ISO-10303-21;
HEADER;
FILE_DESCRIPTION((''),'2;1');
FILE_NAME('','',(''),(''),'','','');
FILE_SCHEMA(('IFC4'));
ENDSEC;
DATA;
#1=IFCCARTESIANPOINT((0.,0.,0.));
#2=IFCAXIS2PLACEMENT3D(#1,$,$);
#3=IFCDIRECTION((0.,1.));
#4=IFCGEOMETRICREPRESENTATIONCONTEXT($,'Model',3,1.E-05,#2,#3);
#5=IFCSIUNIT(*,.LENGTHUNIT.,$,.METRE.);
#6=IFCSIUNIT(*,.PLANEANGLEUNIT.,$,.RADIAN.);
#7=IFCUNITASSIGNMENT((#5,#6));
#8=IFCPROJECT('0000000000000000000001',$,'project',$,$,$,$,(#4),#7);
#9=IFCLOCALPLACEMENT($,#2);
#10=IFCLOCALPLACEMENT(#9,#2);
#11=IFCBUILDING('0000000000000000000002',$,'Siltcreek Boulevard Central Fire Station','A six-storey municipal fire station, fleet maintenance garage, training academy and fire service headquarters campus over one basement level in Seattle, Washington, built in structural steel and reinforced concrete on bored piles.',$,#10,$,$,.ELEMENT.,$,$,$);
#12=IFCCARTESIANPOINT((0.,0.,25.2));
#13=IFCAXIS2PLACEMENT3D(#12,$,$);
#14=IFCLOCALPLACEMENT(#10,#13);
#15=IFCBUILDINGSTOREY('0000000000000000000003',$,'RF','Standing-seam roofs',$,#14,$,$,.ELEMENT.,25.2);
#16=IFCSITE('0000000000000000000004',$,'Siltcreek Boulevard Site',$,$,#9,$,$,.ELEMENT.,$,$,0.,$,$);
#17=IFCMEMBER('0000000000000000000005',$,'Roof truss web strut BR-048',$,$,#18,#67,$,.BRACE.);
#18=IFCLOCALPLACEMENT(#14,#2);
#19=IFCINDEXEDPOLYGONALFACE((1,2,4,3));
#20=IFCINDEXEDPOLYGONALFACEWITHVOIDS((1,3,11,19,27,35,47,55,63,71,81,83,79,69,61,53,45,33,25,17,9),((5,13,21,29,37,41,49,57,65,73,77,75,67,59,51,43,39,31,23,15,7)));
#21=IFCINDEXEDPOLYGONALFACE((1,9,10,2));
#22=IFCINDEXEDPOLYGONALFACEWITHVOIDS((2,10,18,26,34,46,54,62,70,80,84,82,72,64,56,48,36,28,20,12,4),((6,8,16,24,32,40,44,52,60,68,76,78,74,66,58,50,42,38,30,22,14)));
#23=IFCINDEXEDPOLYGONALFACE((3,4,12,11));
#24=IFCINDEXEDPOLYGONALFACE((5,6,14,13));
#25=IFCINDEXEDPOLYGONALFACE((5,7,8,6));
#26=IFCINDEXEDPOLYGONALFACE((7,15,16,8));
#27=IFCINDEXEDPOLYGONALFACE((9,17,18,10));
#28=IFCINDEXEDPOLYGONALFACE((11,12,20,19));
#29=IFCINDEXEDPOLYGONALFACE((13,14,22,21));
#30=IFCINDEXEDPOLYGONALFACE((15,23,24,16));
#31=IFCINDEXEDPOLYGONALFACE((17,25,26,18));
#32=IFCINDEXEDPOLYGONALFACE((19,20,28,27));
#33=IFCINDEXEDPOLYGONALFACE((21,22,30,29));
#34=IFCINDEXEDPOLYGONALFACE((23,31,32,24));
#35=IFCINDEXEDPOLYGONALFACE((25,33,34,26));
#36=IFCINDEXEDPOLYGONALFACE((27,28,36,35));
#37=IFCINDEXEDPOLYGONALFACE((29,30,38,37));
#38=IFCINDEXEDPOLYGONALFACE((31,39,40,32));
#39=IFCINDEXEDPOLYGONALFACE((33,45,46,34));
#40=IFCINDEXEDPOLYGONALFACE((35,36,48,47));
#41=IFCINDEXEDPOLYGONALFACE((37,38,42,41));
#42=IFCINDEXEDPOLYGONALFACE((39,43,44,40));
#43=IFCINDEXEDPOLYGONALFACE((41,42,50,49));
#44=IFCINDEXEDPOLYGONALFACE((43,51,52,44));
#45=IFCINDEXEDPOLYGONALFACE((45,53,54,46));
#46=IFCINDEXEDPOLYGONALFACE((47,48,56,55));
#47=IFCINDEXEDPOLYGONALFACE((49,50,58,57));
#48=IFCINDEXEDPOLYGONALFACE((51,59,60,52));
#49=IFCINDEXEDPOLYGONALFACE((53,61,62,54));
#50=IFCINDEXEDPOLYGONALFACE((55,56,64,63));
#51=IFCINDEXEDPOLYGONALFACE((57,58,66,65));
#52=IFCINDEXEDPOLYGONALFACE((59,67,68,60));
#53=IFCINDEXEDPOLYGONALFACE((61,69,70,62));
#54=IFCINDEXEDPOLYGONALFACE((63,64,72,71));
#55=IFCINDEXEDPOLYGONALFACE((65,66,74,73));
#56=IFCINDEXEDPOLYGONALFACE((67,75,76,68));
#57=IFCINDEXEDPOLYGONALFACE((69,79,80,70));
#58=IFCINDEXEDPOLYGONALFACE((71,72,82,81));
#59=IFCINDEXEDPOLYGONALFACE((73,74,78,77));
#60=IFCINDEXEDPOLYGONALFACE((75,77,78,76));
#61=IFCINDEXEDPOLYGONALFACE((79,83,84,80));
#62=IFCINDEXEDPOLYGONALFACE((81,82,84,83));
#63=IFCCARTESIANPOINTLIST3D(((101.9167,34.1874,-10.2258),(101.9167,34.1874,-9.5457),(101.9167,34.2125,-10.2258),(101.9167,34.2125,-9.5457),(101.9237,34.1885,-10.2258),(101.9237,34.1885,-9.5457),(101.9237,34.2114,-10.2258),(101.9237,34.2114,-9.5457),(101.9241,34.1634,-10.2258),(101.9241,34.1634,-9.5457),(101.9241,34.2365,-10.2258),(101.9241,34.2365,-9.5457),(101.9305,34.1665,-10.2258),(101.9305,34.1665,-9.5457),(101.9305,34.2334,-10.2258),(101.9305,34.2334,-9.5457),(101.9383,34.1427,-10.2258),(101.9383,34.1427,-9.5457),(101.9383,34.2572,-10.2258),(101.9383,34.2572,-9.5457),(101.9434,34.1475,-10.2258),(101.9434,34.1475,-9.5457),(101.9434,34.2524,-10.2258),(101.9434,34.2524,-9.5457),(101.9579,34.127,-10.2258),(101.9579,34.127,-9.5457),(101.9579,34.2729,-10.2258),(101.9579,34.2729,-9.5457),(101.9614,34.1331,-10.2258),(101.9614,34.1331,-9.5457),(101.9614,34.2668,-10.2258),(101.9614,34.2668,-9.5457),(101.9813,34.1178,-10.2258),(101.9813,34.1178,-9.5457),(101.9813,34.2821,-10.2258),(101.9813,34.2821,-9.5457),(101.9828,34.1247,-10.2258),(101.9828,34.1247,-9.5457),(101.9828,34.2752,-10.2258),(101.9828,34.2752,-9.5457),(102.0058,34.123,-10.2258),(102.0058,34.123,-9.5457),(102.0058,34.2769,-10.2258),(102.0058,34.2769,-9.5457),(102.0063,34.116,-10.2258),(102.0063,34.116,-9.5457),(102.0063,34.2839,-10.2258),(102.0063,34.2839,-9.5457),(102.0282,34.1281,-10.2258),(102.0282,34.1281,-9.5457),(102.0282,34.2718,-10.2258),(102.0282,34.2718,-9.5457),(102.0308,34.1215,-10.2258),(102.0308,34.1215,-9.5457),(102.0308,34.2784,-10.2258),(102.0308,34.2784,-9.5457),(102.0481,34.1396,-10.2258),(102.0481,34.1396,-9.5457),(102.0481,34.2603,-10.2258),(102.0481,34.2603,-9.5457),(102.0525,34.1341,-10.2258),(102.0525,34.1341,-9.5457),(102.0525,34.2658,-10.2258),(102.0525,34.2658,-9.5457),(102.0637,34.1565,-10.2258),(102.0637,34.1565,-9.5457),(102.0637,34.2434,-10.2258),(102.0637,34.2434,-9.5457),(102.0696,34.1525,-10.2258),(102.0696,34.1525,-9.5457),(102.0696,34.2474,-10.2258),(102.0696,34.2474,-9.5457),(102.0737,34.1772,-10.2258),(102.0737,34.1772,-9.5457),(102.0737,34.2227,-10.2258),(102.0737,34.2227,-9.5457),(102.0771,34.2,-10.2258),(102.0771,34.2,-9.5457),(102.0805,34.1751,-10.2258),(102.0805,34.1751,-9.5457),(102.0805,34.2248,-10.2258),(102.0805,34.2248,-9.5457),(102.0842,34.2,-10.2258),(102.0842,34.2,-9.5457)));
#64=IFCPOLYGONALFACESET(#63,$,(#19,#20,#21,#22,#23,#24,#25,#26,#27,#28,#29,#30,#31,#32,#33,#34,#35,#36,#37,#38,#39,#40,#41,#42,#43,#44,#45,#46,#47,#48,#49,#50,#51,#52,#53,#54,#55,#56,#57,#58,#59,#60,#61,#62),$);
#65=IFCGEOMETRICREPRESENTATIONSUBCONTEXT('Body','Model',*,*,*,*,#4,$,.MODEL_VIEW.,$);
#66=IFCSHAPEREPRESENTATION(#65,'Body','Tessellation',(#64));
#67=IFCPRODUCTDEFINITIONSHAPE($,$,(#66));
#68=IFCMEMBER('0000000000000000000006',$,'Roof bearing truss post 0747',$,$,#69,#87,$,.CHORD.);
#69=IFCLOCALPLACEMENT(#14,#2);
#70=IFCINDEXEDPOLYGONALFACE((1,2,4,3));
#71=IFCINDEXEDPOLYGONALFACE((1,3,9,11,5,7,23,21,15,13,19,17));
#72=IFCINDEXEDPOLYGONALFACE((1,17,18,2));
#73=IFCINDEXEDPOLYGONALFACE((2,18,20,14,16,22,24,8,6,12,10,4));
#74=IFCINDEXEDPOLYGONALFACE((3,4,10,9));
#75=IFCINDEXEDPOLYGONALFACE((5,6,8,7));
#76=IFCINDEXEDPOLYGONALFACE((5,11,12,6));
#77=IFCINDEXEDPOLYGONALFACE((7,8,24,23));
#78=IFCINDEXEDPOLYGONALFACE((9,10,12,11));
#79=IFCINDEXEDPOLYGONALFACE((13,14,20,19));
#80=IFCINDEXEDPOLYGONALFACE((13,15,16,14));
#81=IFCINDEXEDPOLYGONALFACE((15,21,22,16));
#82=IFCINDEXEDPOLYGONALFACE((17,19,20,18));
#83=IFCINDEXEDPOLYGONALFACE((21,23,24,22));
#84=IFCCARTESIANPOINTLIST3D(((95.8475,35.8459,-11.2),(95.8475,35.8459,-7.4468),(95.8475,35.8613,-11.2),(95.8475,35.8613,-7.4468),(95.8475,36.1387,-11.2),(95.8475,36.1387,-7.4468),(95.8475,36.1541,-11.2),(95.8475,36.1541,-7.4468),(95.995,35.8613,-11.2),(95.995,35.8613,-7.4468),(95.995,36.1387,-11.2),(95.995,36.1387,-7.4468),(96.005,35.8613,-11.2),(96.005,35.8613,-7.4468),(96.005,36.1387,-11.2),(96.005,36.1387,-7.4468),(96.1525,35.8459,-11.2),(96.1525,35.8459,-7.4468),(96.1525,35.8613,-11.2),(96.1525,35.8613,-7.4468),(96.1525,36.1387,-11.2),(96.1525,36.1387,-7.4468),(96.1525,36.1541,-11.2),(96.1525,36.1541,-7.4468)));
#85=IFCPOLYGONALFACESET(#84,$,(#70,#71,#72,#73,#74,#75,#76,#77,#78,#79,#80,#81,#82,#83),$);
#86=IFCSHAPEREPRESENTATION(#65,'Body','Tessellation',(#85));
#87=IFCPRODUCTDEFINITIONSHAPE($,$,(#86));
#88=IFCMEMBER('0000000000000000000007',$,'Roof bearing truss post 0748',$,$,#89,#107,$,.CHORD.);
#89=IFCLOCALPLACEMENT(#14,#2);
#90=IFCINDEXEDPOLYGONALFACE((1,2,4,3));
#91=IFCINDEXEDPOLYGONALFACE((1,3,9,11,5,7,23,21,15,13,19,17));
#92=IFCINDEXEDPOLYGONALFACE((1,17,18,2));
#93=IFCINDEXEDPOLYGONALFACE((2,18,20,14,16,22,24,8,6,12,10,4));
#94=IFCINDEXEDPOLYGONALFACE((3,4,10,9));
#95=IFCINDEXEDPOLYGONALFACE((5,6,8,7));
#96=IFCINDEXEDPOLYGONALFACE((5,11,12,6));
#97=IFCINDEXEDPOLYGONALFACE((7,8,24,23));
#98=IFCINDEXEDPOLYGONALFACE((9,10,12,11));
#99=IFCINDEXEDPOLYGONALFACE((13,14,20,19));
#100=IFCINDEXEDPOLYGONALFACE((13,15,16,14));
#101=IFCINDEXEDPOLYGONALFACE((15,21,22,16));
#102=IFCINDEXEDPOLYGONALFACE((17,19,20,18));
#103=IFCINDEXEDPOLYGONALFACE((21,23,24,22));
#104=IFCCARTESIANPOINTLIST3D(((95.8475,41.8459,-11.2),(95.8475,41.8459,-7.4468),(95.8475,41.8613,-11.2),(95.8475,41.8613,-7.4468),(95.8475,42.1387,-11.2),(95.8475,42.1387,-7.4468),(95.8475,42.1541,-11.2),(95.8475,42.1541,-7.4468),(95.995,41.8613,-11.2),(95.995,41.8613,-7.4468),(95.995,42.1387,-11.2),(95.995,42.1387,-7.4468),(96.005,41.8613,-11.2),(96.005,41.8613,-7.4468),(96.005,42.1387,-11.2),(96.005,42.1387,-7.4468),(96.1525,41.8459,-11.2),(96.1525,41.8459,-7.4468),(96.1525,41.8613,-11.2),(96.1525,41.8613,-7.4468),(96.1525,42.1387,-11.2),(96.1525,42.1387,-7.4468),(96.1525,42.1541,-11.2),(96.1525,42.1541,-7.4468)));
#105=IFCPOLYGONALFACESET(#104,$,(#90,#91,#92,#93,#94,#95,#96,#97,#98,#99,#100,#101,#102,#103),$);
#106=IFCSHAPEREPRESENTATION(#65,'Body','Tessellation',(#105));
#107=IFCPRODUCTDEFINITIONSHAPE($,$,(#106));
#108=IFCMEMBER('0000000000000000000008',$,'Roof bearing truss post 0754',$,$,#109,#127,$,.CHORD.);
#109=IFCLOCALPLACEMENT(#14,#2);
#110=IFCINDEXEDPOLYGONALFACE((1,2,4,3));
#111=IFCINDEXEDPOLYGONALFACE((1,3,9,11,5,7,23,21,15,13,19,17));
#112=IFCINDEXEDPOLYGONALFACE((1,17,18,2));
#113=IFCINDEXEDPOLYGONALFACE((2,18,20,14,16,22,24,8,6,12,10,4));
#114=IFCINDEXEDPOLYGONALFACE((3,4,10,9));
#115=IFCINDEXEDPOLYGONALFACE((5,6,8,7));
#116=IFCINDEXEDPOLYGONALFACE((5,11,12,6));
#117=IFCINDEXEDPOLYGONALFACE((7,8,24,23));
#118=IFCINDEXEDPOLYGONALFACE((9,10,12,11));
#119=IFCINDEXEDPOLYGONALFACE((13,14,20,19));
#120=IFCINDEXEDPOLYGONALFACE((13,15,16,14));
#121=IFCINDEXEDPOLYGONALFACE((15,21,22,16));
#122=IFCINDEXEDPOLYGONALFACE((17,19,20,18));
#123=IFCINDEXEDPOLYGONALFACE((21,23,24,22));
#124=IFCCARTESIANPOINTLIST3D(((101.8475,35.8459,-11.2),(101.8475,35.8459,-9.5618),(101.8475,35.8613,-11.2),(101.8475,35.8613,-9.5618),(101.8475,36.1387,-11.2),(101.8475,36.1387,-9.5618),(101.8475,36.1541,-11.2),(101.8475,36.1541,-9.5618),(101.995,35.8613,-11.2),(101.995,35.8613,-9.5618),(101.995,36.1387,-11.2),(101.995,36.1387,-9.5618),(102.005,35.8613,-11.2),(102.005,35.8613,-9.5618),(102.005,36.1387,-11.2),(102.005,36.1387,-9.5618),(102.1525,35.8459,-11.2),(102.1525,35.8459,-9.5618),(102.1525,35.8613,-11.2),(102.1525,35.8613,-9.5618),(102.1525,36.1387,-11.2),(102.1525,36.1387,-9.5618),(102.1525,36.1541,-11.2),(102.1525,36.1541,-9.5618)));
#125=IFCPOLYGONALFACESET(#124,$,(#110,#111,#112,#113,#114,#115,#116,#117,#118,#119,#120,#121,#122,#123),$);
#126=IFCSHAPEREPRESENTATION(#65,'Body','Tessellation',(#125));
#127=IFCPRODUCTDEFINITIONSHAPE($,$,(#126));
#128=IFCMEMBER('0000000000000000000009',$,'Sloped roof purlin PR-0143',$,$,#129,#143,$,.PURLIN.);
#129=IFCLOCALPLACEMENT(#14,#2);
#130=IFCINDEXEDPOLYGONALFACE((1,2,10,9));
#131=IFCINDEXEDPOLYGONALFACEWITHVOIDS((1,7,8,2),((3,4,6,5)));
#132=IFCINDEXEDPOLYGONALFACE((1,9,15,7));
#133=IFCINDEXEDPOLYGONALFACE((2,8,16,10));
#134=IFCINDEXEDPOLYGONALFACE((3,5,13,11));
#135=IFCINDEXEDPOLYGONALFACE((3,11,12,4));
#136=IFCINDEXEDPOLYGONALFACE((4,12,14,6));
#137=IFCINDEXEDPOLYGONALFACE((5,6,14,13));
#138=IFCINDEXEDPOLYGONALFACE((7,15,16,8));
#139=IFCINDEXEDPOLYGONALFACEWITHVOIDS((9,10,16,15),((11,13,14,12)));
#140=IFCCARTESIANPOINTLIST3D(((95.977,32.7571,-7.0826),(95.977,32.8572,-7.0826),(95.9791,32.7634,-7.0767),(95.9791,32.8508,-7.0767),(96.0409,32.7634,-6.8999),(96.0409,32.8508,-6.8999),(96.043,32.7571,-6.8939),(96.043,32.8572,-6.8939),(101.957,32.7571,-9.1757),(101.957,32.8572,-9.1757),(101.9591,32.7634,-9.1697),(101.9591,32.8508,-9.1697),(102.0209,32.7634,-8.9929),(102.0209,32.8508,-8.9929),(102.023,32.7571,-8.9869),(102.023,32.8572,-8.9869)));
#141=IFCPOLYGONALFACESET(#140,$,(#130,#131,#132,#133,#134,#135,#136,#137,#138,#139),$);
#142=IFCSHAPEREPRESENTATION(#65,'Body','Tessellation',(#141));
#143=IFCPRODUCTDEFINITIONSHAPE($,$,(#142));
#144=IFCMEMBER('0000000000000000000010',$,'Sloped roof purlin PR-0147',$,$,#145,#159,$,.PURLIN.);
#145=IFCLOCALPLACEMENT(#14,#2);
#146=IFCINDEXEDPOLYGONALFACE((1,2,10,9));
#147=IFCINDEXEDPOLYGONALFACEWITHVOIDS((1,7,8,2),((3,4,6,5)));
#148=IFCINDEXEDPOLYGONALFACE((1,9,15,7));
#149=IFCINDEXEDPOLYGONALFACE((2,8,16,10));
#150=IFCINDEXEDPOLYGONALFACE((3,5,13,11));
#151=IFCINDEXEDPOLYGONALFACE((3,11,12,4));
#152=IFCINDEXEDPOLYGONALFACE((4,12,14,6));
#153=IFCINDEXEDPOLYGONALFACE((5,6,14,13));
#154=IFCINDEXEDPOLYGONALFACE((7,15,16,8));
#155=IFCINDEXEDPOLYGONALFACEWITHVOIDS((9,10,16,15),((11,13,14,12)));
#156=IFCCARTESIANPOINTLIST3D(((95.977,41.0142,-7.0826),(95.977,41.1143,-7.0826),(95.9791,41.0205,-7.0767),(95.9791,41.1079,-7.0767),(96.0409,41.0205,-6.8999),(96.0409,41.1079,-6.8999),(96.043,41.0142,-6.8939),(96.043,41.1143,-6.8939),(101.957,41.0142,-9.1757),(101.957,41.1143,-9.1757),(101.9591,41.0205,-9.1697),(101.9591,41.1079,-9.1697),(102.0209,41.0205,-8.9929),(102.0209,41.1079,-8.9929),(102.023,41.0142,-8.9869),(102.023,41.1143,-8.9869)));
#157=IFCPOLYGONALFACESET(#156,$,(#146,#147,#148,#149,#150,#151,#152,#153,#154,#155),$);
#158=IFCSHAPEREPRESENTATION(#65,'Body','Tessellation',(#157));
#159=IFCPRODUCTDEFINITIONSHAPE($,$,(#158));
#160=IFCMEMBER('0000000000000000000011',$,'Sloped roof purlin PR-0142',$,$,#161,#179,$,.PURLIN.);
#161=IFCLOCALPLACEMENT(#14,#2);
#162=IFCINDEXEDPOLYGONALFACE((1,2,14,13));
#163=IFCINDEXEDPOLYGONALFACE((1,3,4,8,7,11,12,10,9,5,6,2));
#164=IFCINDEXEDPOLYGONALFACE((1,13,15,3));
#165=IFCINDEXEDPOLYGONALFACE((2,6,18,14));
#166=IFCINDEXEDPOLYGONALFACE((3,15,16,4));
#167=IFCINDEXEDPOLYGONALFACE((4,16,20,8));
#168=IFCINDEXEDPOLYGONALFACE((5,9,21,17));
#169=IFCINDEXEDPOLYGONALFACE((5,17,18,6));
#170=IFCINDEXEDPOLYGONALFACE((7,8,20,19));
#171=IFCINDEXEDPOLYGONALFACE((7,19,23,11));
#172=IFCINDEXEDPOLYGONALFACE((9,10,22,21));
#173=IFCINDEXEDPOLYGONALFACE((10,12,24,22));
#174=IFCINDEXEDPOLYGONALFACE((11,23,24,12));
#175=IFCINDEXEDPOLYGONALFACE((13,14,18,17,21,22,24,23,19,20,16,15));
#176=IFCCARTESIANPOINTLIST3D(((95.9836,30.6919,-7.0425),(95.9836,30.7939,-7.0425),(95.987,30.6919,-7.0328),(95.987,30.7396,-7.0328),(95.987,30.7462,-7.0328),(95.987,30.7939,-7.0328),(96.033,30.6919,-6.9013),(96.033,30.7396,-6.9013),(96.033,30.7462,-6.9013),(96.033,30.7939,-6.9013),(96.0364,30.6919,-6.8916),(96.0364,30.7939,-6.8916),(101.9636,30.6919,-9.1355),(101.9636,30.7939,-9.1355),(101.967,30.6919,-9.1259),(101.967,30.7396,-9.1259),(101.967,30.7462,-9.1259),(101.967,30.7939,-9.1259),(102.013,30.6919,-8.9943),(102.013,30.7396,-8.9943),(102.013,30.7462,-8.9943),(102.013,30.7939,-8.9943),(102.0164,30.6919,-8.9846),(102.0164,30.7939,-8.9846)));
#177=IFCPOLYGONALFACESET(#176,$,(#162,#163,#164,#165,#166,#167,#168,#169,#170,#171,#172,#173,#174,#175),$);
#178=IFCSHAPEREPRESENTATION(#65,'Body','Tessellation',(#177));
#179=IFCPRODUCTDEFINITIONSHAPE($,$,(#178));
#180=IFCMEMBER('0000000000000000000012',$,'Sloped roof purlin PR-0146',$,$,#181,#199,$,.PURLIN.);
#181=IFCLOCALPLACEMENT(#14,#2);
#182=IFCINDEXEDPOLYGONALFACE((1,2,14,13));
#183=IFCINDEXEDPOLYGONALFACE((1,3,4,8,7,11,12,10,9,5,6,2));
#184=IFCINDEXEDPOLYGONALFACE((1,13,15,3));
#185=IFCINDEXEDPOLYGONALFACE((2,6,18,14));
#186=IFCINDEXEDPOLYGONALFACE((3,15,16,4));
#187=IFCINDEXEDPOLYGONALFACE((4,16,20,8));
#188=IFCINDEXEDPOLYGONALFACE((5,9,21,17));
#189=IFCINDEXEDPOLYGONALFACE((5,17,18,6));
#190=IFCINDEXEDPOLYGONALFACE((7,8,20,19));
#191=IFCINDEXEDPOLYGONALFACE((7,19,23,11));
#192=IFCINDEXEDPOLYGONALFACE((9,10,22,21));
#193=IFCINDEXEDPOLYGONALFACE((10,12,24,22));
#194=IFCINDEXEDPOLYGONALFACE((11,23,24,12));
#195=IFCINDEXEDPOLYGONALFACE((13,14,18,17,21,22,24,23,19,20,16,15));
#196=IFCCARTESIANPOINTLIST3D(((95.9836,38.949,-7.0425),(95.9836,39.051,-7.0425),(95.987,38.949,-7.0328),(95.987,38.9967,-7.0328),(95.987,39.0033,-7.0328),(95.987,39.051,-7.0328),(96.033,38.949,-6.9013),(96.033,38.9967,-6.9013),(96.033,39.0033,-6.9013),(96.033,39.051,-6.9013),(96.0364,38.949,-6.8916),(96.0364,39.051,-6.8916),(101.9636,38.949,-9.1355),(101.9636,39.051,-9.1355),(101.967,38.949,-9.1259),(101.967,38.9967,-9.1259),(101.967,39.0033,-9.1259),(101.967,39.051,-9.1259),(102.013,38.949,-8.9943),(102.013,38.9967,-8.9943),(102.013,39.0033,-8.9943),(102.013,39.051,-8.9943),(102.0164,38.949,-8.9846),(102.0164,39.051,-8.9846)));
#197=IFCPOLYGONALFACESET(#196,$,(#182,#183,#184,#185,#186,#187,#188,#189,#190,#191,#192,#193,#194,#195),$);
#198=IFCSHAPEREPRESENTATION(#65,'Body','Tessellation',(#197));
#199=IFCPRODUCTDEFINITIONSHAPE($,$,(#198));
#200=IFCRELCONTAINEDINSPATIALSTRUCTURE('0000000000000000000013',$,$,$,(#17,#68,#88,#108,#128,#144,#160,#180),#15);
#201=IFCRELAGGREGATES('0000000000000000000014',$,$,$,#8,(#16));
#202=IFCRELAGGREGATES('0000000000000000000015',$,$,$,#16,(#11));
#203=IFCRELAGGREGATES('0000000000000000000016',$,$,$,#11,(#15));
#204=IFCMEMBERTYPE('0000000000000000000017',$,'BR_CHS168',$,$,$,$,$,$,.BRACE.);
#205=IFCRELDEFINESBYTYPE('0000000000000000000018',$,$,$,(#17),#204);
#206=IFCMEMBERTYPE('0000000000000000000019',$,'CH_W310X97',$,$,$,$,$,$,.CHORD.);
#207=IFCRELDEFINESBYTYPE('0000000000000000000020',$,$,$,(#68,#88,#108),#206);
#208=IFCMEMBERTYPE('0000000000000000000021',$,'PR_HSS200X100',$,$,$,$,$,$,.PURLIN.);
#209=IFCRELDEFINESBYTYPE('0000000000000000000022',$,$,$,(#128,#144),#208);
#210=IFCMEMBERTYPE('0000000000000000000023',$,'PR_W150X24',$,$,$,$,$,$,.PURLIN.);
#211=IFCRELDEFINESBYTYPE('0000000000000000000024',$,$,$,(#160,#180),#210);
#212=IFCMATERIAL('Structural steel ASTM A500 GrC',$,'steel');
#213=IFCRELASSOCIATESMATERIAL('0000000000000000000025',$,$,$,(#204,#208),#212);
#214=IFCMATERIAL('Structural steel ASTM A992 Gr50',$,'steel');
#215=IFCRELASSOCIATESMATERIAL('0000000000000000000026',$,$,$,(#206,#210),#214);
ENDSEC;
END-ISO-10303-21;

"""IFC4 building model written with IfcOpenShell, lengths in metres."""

from ifc_helpers import new_model, si_unit, direction, frame, origin, origin_2d, place, context, subcontext, project, spatial, hollow_rectangle, hollow_circle, i_section, extrude, material, material_profile, profile_set, type_object, element, save


model = new_model("IFC4")

# Units and contexts
model_context = context("Model", 3, precision=1e-05, world=origin(), true_north=direction((0.0, 1.0)))
body_context = subcontext(model_context, "Body", "Model", "MODEL_VIEW")
ifc_project = project(units=[si_unit("LENGTHUNIT", "METRE"), si_unit("PLANEANGLEUNIT", "RADIAN")], contexts=[model_context])

# Site, building, storey
site_placement = place(None, origin())
site = spatial("IfcSite", under=ifc_project, at=site_placement, Name="Siltcreek Boulevard Site", CompositionType="ELEMENT", RefElevation=0.0)
building_placement = place(site_placement, origin())
building = spatial("IfcBuilding", under=site, at=building_placement, Name="Siltcreek Boulevard Central Fire Station", Description="A six-storey municipal fire station, fleet maintenance garage, training academy and fire service headquarters campus over one basement level in Seattle, Washington, built in structural steel and reinforced concrete on bored piles.", CompositionType="ELEMENT")
storey_placement = place(building_placement, frame((0.0, 0.0, 25.2)))
storey = spatial("IfcBuildingStorey", under=building, at=storey_placement, Name="RF", Description="Standing-seam roofs", CompositionType="ELEMENT", Elevation=25.2)

# Members
ifc_material_1 = material(Name="Structural steel ASTM A500 GrC", Category="steel")
ifc_material_profile_1 = material_profile(ifc_material_1, hollow_circle(Radius=0.0842, WallThickness=0.0071, at=origin_2d()), Name="HSS168.3X7.1")
ifc_profile_set_1 = profile_set([ifc_material_profile_1], Name="Structural steel ASTM A500 GrC")
member_type_1 = type_object("IfcMemberType", Name="BR_CHS168", PredefinedType="BRACE", material=ifc_profile_set_1)
member_1_placement = place(storey_placement, frame((102.0, 34.2, -10.2258), z_axis=(0.0, 0.0, 1.0), x_axis=(1.0, 0.0, 0.0)))
element("IfcMember", 1, at=member_1_placement, inside=storey, type_object=member_type_1, Name="Roof truss web strut BR-048", PredefinedType="BRACE", context=body_context, shape_type="SweptSolid", body=[
    extrude(hollow_circle(Radius=0.0842, WallThickness=0.0071, at=origin_2d()), origin(), (0.0, 0.0, 1.0), 0.6802),
])
ifc_material_2 = material(Name="Structural steel ASTM A992 Gr50", Category="steel")
ifc_material_profile_2 = material_profile(ifc_material_2, i_section(OverallWidth=0.3049, OverallDepth=0.3081, WebThickness=0.01, FlangeThickness=0.0154, at=origin_2d()), Name="W310X97")
ifc_profile_set_2 = profile_set([ifc_material_profile_2], Name="Structural steel ASTM A992 Gr50")
member_type_2 = type_object("IfcMemberType", Name="CH_W310X97", PredefinedType="CHORD", material=ifc_profile_set_2)
for number, where, z_axis, x_axis, name in (
    (2, (96.0, 36.0, -11.2), (0.0, 0.0, 1.0), (1.0, 0.0, 0.0), "Roof bearing truss post 0747"),
    (3, (96.0, 42.0, -11.2), (0.0, 0.0, 1.0), (1.0, 0.0, 0.0), "Roof bearing truss post 0748"),
):
    element("IfcMember", number, at=place(storey_placement, frame(where, z_axis=z_axis, x_axis=x_axis)), inside=storey, type_object=member_type_2, Name=name, PredefinedType="CHORD", context=body_context, shape_type="SweptSolid", body=[
        extrude(i_section(OverallWidth=0.3049, OverallDepth=0.3081, WebThickness=0.01, FlangeThickness=0.0154, at=origin_2d()), origin(), (0.0, 0.0, 1.0), 3.7532),
    ])
member_2_placement = place(storey_placement, frame((102.0, 36.0, -11.2), z_axis=(0.0, 0.0, 1.0), x_axis=(1.0, 0.0, 0.0)))
element("IfcMember", 4, at=member_2_placement, inside=storey, type_object=member_type_2, Name="Roof bearing truss post 0754", PredefinedType="CHORD", context=body_context, shape_type="SweptSolid", body=[
    extrude(i_section(OverallWidth=0.3049, OverallDepth=0.3081, WebThickness=0.01, FlangeThickness=0.0154, at=origin_2d()), origin(), (0.0, 0.0, 1.0), 1.6382),
])
ifc_material_profile_3 = material_profile(ifc_material_1, hollow_rectangle(XDim=0.1001, YDim=0.2, WallThickness=0.0063, at=origin_2d()), Name="HSS200X100X6.4")
ifc_profile_set_3 = profile_set([ifc_material_profile_3], Name="Structural steel ASTM A500 GrC")
member_type_3 = type_object("IfcMemberType", Name="PR_HSS200X100", PredefinedType="PURLIN", material=ifc_profile_set_3)
for number, where, z_axis, x_axis, name in (
    (5, (96.01, 32.8071, -6.9883), (0.943857, 0.0, -0.330354), (0.0, 1.0, 0.0), "Sloped roof purlin PR-0143"),
    (6, (96.01, 41.0642, -6.9883), (0.943857, 0.0, -0.330354), (0.0, 1.0, 0.0), "Sloped roof purlin PR-0147"),
):
    element("IfcMember", number, at=place(storey_placement, frame(where, z_axis=z_axis, x_axis=x_axis)), inside=storey, type_object=member_type_3, Name=name, PredefinedType="PURLIN", context=body_context, shape_type="SweptSolid", body=[
        extrude(hollow_rectangle(XDim=0.1001, YDim=0.2, WallThickness=0.0063, at=origin_2d()), origin(), (0.0, 0.0, 1.0), 6.3357),
    ])
ifc_material_profile_4 = material_profile(ifc_material_2, i_section(OverallWidth=0.1021, OverallDepth=0.1599, WebThickness=0.0066, FlangeThickness=0.0103, at=origin_2d()), Name="W150X24")
ifc_profile_set_4 = profile_set([ifc_material_profile_4], Name="Structural steel ASTM A992 Gr50")
member_type_4 = type_object("IfcMemberType", Name="PR_W150X24", PredefinedType="PURLIN", material=ifc_profile_set_4)
for number, where, z_axis, x_axis, name in (
    (7, (96.01, 30.7429, -6.967), (0.943857, 0.0, -0.330354), (0.0, 1.0, 0.0), "Sloped roof purlin PR-0142"),
    (8, (96.01, 39.0, -6.967), (0.943857, 0.0, -0.330354), (0.0, 1.0, 0.0), "Sloped roof purlin PR-0146"),
):
    element("IfcMember", number, at=place(storey_placement, frame(where, z_axis=z_axis, x_axis=x_axis)), inside=storey, type_object=member_type_4, Name=name, PredefinedType="PURLIN", context=body_context, shape_type="SweptSolid", body=[
        extrude(i_section(OverallWidth=0.1021, OverallDepth=0.1599, WebThickness=0.0066, FlangeThickness=0.0103, at=origin_2d()), origin(), (0.0, 0.0, 1.0), 6.3357),
    ])

save(model, "model.ifc")
